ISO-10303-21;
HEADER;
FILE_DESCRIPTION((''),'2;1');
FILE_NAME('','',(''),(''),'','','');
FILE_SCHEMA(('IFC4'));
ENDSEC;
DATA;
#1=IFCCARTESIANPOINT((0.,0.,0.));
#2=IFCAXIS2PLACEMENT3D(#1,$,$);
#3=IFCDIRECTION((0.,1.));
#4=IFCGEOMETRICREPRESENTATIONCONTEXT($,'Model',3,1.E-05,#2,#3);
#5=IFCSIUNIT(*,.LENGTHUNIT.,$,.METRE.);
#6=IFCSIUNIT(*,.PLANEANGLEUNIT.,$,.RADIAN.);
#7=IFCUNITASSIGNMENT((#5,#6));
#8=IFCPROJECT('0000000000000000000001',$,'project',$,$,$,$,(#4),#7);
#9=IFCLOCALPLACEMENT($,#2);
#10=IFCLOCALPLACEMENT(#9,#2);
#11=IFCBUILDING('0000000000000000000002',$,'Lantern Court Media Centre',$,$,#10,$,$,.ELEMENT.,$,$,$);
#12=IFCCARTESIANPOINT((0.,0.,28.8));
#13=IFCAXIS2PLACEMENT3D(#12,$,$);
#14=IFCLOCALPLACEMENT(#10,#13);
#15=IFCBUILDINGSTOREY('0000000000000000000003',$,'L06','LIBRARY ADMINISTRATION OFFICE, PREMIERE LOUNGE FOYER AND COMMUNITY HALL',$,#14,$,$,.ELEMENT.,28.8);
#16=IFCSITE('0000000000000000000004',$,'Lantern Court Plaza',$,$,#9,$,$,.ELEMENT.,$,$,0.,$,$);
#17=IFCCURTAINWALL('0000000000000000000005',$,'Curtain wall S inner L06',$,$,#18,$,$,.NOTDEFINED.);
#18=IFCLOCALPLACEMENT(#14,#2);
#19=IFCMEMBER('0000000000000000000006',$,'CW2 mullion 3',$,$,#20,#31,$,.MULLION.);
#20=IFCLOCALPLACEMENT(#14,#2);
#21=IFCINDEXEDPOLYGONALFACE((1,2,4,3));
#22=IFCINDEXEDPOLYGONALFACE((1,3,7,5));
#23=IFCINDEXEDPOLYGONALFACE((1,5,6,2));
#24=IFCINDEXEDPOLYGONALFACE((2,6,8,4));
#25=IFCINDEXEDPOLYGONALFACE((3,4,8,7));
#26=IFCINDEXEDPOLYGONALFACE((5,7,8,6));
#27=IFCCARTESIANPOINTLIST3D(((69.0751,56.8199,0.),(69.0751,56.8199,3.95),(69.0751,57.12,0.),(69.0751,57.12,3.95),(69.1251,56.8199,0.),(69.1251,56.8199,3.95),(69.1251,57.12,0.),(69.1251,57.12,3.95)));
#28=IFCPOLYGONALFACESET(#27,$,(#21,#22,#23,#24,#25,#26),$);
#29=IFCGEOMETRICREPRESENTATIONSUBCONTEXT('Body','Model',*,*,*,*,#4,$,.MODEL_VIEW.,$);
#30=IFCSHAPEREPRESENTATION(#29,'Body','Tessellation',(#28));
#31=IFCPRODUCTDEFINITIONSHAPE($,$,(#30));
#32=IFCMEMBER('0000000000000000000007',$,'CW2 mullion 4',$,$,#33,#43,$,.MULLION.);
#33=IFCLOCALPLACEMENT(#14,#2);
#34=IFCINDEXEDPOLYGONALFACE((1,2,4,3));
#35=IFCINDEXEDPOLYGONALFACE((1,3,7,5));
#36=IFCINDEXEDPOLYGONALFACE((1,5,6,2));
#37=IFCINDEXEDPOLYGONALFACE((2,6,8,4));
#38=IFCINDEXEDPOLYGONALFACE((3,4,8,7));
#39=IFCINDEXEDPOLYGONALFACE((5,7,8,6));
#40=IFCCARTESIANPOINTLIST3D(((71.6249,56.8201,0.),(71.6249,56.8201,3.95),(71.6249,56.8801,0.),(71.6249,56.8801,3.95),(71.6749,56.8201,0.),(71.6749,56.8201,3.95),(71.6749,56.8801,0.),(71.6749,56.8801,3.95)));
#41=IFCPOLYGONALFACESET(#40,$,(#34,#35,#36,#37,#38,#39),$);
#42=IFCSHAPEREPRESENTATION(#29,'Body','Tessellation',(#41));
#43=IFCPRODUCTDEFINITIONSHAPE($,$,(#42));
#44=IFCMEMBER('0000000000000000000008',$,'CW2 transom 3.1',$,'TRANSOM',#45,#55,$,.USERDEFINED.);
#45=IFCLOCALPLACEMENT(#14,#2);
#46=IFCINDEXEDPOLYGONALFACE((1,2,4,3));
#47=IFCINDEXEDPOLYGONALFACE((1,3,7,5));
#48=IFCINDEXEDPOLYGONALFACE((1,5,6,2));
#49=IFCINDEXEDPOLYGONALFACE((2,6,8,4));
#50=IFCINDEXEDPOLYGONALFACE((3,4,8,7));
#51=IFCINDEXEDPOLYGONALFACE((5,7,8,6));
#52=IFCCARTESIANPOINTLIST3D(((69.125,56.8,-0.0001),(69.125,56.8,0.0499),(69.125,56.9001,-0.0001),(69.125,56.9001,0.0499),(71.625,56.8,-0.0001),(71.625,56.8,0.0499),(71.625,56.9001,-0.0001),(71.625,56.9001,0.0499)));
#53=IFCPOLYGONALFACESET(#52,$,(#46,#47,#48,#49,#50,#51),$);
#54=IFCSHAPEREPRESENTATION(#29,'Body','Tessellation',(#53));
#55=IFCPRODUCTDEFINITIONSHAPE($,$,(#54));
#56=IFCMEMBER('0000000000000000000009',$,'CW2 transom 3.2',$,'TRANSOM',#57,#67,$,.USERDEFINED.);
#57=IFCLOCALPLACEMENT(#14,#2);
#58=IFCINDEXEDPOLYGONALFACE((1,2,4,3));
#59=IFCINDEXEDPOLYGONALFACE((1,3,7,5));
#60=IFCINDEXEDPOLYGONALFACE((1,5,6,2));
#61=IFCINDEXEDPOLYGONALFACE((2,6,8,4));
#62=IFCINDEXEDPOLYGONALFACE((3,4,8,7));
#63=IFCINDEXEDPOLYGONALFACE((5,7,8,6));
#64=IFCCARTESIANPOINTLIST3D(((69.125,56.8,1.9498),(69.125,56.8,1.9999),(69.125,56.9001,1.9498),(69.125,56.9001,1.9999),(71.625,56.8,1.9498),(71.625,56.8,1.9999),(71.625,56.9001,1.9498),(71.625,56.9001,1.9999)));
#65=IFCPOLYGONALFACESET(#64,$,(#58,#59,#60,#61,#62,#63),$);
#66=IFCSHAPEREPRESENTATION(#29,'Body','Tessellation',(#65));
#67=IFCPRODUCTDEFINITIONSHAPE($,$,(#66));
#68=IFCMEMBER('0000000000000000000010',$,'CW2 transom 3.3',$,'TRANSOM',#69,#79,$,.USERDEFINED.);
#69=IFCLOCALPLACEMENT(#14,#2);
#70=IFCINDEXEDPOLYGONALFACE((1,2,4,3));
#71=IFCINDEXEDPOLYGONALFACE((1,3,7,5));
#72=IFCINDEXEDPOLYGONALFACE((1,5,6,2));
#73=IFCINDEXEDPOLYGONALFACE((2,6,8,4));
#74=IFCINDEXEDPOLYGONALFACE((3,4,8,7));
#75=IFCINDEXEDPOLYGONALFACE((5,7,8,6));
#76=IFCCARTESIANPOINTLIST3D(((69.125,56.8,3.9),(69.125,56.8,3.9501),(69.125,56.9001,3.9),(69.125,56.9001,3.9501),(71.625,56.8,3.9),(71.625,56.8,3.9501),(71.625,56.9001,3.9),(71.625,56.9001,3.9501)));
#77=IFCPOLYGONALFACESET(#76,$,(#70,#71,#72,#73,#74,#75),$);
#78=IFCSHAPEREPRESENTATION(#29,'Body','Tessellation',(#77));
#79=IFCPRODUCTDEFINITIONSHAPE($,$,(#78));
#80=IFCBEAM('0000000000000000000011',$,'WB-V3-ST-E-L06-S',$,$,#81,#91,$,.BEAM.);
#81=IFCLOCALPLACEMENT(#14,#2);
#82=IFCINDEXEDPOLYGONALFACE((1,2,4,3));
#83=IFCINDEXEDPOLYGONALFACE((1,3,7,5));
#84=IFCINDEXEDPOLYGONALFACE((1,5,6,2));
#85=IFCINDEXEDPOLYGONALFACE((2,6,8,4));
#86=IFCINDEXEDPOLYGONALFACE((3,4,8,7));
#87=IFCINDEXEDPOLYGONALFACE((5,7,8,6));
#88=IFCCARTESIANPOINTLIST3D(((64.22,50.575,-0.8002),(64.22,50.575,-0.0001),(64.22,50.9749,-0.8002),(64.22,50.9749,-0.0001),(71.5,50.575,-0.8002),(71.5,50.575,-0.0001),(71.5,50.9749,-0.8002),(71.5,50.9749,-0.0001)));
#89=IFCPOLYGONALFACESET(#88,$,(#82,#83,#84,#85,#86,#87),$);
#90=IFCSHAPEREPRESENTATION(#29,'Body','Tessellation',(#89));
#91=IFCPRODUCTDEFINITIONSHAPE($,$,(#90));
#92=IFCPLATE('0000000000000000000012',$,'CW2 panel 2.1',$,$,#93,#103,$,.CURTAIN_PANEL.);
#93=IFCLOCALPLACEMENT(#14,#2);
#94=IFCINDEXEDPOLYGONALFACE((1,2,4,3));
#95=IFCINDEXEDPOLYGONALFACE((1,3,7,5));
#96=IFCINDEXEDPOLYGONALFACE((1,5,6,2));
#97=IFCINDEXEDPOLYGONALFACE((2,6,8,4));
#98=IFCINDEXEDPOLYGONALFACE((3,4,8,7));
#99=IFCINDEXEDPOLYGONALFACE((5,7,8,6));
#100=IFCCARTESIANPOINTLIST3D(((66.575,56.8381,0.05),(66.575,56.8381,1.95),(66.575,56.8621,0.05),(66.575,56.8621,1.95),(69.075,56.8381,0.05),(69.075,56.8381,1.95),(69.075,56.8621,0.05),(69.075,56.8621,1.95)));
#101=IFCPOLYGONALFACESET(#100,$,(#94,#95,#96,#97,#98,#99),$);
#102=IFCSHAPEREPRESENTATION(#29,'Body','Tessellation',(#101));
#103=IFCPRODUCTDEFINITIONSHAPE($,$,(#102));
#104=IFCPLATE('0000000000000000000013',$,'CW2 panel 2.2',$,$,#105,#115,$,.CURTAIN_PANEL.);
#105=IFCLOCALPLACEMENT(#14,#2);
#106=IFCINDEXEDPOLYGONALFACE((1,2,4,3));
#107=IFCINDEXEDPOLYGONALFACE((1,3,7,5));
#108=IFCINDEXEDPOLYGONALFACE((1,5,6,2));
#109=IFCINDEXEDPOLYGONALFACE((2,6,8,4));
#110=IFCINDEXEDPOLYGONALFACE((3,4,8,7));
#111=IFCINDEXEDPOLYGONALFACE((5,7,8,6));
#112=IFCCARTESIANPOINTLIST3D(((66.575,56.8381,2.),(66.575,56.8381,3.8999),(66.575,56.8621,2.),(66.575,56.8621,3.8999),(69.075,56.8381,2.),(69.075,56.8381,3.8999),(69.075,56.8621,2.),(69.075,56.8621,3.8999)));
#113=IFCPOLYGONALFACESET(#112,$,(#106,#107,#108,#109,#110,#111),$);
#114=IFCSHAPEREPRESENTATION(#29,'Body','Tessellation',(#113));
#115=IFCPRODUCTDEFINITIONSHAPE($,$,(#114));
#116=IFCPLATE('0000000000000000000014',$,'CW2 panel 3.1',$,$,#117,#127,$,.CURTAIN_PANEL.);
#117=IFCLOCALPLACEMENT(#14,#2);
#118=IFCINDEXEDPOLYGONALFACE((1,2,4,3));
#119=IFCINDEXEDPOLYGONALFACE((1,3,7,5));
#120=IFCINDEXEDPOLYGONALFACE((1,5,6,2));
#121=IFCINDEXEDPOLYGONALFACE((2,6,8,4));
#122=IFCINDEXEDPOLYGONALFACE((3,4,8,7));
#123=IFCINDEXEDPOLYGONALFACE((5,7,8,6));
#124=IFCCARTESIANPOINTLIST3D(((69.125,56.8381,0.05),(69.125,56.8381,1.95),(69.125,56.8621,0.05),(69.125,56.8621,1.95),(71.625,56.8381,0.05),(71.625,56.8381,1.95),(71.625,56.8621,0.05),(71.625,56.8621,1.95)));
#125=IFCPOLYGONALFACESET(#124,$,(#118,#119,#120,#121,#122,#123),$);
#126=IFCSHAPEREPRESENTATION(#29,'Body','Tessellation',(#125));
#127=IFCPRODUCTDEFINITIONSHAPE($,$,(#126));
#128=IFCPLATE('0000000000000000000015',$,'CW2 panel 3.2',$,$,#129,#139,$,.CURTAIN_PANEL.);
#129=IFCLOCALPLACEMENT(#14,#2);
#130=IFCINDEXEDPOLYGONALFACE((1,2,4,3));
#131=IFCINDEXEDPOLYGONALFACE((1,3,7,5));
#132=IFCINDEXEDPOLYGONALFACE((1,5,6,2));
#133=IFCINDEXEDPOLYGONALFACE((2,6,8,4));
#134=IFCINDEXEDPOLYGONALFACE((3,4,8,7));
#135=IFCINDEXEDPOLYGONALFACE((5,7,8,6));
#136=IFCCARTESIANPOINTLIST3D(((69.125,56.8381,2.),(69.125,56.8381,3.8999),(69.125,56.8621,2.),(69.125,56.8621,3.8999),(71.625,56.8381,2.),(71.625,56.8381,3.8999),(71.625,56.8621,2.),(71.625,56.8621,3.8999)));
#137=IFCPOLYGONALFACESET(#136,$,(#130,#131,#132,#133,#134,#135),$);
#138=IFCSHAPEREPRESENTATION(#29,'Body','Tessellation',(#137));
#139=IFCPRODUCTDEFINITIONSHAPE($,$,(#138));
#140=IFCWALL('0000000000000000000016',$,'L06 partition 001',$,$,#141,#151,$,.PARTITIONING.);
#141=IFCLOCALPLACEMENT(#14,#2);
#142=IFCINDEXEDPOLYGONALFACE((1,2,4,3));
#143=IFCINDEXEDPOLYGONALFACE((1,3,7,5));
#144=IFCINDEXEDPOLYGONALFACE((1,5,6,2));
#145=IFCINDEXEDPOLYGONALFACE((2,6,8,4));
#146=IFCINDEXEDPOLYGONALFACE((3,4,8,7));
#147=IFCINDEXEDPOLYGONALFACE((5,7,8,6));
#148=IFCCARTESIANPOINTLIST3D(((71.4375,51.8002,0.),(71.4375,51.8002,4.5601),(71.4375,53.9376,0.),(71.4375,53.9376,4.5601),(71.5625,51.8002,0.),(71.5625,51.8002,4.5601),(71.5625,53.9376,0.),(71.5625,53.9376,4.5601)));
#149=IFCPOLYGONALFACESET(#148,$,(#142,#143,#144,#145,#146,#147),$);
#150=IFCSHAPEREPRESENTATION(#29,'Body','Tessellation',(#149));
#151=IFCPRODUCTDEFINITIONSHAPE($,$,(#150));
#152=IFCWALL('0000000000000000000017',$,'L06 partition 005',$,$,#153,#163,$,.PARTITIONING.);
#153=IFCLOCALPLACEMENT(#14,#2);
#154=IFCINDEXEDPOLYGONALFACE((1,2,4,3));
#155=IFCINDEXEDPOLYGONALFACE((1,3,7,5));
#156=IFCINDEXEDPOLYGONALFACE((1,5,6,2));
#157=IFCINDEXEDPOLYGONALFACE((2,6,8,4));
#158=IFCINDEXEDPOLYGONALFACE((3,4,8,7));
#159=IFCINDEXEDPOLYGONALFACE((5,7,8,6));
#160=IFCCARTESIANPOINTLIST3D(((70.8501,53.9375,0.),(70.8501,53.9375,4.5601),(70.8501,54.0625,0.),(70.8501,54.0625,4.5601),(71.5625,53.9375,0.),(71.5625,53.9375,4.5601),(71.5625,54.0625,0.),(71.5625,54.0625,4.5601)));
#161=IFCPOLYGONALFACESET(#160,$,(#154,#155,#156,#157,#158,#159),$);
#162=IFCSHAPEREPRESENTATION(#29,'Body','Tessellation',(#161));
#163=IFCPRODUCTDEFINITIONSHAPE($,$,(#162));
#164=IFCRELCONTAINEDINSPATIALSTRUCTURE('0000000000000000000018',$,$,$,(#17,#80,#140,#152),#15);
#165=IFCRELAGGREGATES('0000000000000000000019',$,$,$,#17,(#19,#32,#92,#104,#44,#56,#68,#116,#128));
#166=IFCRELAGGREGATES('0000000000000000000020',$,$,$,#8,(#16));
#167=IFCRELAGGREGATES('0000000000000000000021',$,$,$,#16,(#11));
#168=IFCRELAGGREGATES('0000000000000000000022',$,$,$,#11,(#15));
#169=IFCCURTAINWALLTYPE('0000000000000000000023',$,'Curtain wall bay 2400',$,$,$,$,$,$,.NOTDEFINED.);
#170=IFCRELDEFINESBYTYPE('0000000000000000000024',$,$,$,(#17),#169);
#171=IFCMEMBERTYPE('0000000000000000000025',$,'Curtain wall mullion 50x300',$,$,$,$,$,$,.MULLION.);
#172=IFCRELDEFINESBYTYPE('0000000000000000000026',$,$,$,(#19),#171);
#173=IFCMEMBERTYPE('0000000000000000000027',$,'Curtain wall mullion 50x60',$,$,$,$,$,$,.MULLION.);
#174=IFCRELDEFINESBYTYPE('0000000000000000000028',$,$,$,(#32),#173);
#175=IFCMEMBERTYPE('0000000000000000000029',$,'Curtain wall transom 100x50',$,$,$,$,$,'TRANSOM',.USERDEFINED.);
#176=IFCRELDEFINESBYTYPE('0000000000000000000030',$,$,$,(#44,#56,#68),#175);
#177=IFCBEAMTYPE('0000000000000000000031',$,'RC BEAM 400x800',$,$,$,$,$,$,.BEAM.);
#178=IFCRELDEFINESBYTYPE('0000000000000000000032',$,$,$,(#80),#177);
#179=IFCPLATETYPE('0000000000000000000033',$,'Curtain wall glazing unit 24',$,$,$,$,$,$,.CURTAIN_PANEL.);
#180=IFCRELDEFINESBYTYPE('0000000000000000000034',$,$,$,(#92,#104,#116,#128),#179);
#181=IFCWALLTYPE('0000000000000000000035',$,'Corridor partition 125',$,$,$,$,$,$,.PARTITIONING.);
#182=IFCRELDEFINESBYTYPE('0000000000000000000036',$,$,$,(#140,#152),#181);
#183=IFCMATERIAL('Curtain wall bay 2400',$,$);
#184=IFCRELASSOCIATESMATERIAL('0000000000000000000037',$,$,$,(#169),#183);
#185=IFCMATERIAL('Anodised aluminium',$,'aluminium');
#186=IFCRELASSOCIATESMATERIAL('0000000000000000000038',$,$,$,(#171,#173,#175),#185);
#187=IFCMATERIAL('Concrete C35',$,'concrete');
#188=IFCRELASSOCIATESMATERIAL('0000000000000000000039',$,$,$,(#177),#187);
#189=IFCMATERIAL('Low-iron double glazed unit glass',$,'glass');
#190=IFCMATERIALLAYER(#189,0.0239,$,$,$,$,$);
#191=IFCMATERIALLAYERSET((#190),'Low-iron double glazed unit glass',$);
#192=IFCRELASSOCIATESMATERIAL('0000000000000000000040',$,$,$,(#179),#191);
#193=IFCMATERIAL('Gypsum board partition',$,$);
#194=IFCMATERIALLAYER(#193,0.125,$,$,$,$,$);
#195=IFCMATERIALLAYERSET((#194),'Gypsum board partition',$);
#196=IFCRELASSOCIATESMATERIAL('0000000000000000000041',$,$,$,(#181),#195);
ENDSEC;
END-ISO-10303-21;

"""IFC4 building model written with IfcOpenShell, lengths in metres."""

from ifc_helpers import new_model, si_unit, direction, frame, frame_2d, origin, origin_2d, place, context, subcontext, project, spatial, rectangle, extrude, material, layer, layer_set, material_profile, profile_set, type_object, element, aggregate, save


model = new_model("IFC4")

# Units and contexts
model_context = context("Model", 3, precision=1e-05, world=origin(), true_north=direction((0.0, 1.0)))
body_context = subcontext(model_context, "Body", "Model", "MODEL_VIEW")
ifc_project = project(units=[si_unit("LENGTHUNIT", "METRE"), si_unit("PLANEANGLEUNIT", "RADIAN")], contexts=[model_context])

# Site, building, storey
site_placement = place(None, origin())
site = spatial("IfcSite", under=ifc_project, at=site_placement, Name="Lantern Court Plaza", CompositionType="ELEMENT", RefElevation=0.0)
building_placement = place(site_placement, origin())
building = spatial("IfcBuilding", under=site, at=building_placement, Name="Lantern Court Media Centre", CompositionType="ELEMENT")
storey_placement = place(building_placement, frame((0.0, 0.0, 28.8)))
storey = spatial("IfcBuildingStorey", under=building, at=storey_placement, Name="L06", Description="LIBRARY ADMINISTRATION OFFICE, PREMIERE LOUNGE FOYER AND COMMUNITY HALL", CompositionType="ELEMENT", Elevation=28.8)

# Curtain wall, members
ifc_material_1 = material(Name="Curtain wall bay 2400")
curtain_wall_type = type_object("IfcCurtainWallType", Name="Curtain wall bay 2400", PredefinedType="NOTDEFINED", material=ifc_material_1)
curtain_wall_placement = place(storey_placement, origin())
curtain_wall = element("IfcCurtainWall", 1, at=curtain_wall_placement, inside=storey, type_object=curtain_wall_type, Name="Curtain wall S inner L06", PredefinedType="NOTDEFINED")
ifc_material_2 = material(Name="Anodised aluminium", Category="aluminium")
ifc_material_profile_1 = material_profile(ifc_material_2, rectangle(XDim=0.3, YDim=0.05, at=origin_2d()), Name="AL 50x300")
ifc_profile_set_1 = profile_set([ifc_material_profile_1], Name="Anodised aluminium")
member_type_1 = type_object("IfcMemberType", Name="Curtain wall mullion 50x300", PredefinedType="MULLION", material=ifc_profile_set_1)
member_1_placement = place(storey_placement, frame((69.1001, 56.97, 0.0), z_axis=(0.0, 0.0, 1.0), x_axis=(0.0, 1.0, 0.0)))
member_1 = element("IfcMember", 2, at=member_1_placement, type_object=member_type_1, Name="CW2 mullion 3", PredefinedType="MULLION", context=body_context, shape_type="SweptSolid", body=[
    extrude(rectangle(XDim=0.3, YDim=0.05, at=origin_2d()), origin(), (0.0, 0.0, 1.0), 3.95),
])
ifc_material_profile_2 = material_profile(ifc_material_2, rectangle(XDim=0.0601, YDim=0.05, at=origin_2d()), Name="AL 50x60")
ifc_profile_set_2 = profile_set([ifc_material_profile_2], Name="Anodised aluminium")
member_type_2 = type_object("IfcMemberType", Name="Curtain wall mullion 50x60", PredefinedType="MULLION", material=ifc_profile_set_2)
member_2_placement = place(storey_placement, frame((71.6499, 56.8501, 0.0), z_axis=(0.0, 0.0, 1.0), x_axis=(0.0, 1.0, 0.0)))
member_2 = element("IfcMember", 3, at=member_2_placement, type_object=member_type_2, Name="CW2 mullion 4", PredefinedType="MULLION", context=body_context, shape_type="SweptSolid", body=[
    extrude(rectangle(XDim=0.0601, YDim=0.05, at=origin_2d()), origin(), (0.0, 0.0, 1.0), 3.95),
])
ifc_material_profile_3 = material_profile(ifc_material_2, rectangle(XDim=0.1001, YDim=0.05, at=origin_2d()), Name="AL 50x100")
ifc_profile_set_3 = profile_set([ifc_material_profile_3], Name="Anodised aluminium")
member_type_3 = type_object("IfcMemberType", Name="Curtain wall transom 100x50", ElementType="TRANSOM", PredefinedType="USERDEFINED", material=ifc_profile_set_3)
member_3_placement = place(storey_placement, frame((69.125, 56.8501, 0.0249), z_axis=(1.0, 0.0, 0.0), x_axis=(0.0, 1.0, 0.0)))
member_3 = element("IfcMember", 4, at=member_3_placement, type_object=member_type_3, Name="CW2 transom 3.1", ObjectType="TRANSOM", PredefinedType="USERDEFINED", context=body_context, shape_type="SweptSolid", body=[
    extrude(rectangle(XDim=0.1001, YDim=0.05, at=origin_2d()), origin(), (0.0, 0.0, 1.0), 2.5),
])
member_4_placement = place(storey_placement, frame((69.125, 56.8501, 1.9749), z_axis=(1.0, 0.0, 0.0), x_axis=(0.0, 1.0, 0.0)))
member_4 = element("IfcMember", 5, at=member_4_placement, type_object=member_type_3, Name="CW2 transom 3.2", ObjectType="TRANSOM", PredefinedType="USERDEFINED", context=body_context, shape_type="SweptSolid", body=[
    extrude(rectangle(XDim=0.1001, YDim=0.05, at=origin_2d()), origin(), (0.0, 0.0, 1.0), 2.5),
])
member_5_placement = place(storey_placement, frame((69.125, 56.8501, 3.925), z_axis=(1.0, 0.0, 0.0), x_axis=(0.0, 1.0, 0.0)))
member_5 = element("IfcMember", 6, at=member_5_placement, type_object=member_type_3, Name="CW2 transom 3.3", ObjectType="TRANSOM", PredefinedType="USERDEFINED", context=body_context, shape_type="SweptSolid", body=[
    extrude(rectangle(XDim=0.1001, YDim=0.05, at=origin_2d()), origin(), (0.0, 0.0, 1.0), 2.5),
])

# Beam
ifc_material_3 = material(Name="Concrete C35", Category="concrete")
ifc_material_profile_4 = material_profile(ifc_material_3, rectangle(XDim=0.3999, YDim=0.8, at=origin_2d()), Name="RC 400x800")
ifc_profile_set_4 = profile_set([ifc_material_profile_4], Name="Concrete C35")
beam_type = type_object("IfcBeamType", Name="RC BEAM 400x800", PredefinedType="BEAM", material=ifc_profile_set_4)
beam_placement = place(storey_placement, frame((71.5, 50.7749, -0.4001), z_axis=(-1.0, 0.0, 0.0), x_axis=(0.0, -1.0, 0.0)))
element("IfcBeam", 7, at=beam_placement, inside=storey, type_object=beam_type, Name="WB-V3-ST-E-L06-S", PredefinedType="BEAM", context=body_context, shape_type="SweptSolid", body=[
    extrude(rectangle(XDim=0.3999, YDim=0.8, at=origin_2d()), origin(), (0.0, 0.0, 1.0), 7.28),
])

# Plates
ifc_material_4 = material(Name="Low-iron double glazed unit glass", Category="glass")
ifc_layer_1 = layer(ifc_material_4, 0.0239)
ifc_layer_set_1 = layer_set([ifc_layer_1], Name="Low-iron double glazed unit glass")
plate_type = type_object("IfcPlateType", Name="Curtain wall glazing unit 24", PredefinedType="CURTAIN_PANEL", material=ifc_layer_set_1)
plate_1_placement = place(storey_placement, frame((67.825, 56.8501, 0.05), z_axis=(0.0, 0.0, 1.0), x_axis=(1.0, 0.0, 0.0)))
plate_1 = element("IfcPlate", 8, at=plate_1_placement, type_object=plate_type, Name="CW2 panel 2.1", PredefinedType="CURTAIN_PANEL", context=body_context, shape_type="SweptSolid", body=[
    extrude(rectangle(XDim=2.5, YDim=0.0239, at=origin_2d()), origin(), (0.0, 0.0, 1.0), 1.8999),
])
plate_2_placement = place(storey_placement, frame((67.825, 56.8501, 2.0), z_axis=(0.0, 0.0, 1.0), x_axis=(1.0, 0.0, 0.0)))
plate_2 = element("IfcPlate", 9, at=plate_2_placement, type_object=plate_type, Name="CW2 panel 2.2", PredefinedType="CURTAIN_PANEL", context=body_context, shape_type="SweptSolid", body=[
    extrude(rectangle(XDim=2.5, YDim=0.0239, at=origin_2d()), origin(), (0.0, 0.0, 1.0), 1.8999),
])
plate_3_placement = place(storey_placement, frame((70.375, 56.8501, 0.05), z_axis=(0.0, 0.0, 1.0), x_axis=(1.0, 0.0, 0.0)))
plate_3 = element("IfcPlate", 10, at=plate_3_placement, type_object=plate_type, Name="CW2 panel 3.1", PredefinedType="CURTAIN_PANEL", context=body_context, shape_type="SweptSolid", body=[
    extrude(rectangle(XDim=2.5, YDim=0.0239, at=origin_2d()), origin(), (0.0, 0.0, 1.0), 1.8999),
])
plate_4_placement = place(storey_placement, frame((70.375, 56.8501, 2.0), z_axis=(0.0, 0.0, 1.0), x_axis=(1.0, 0.0, 0.0)))
plate_4 = element("IfcPlate", 11, at=plate_4_placement, type_object=plate_type, Name="CW2 panel 3.2", PredefinedType="CURTAIN_PANEL", context=body_context, shape_type="SweptSolid", body=[
    extrude(rectangle(XDim=2.5, YDim=0.0239, at=origin_2d()), origin(), (0.0, 0.0, 1.0), 1.8999),
])
aggregate(curtain_wall, [member_1, member_2, plate_1, plate_2, member_3, member_4, member_5, plate_3, plate_4])

# Walls
ifc_material_5 = material(Name="Gypsum board partition")
ifc_layer_2 = layer(ifc_material_5, 0.125)
ifc_layer_set_2 = layer_set([ifc_layer_2], Name="Gypsum board partition")
wall_type_1 = type_object("IfcWallType", Name="Corridor partition 125", PredefinedType="PARTITIONING", material=ifc_layer_set_2)
wall_1_placement = place(storey_placement, frame((71.5, 51.8, 0.0), z_axis=(0.0, 0.0, 1.0), x_axis=(0.0, 1.0, 0.0)))
element("IfcWall", 12, at=wall_1_placement, inside=storey, type_object=wall_type_1, Name="L06 partition 001", PredefinedType="PARTITIONING", context=body_context, shape_type="SweptSolid", body=[
    extrude(rectangle(XDim=2.1375, YDim=0.125, at=frame_2d((1.0688, 0.0))), origin(), (0.0, 0.0, 1.0), 4.5601),
])
wall_2_placement = place(storey_placement, frame((70.8501, 54.0, 0.0), z_axis=(0.0, 0.0, 1.0), x_axis=(1.0, 0.0, 0.0)))
element("IfcWall", 13, at=wall_2_placement, inside=storey, type_object=wall_type_1, Name="L06 partition 005", PredefinedType="PARTITIONING", context=body_context, shape_type="SweptSolid", body=[
    extrude(rectangle(XDim=0.7124, YDim=0.125, at=frame_2d((0.3562, 0.0))), origin(), (0.0, 0.0, 1.0), 4.5601),
])

save(model, "model.ifc")
